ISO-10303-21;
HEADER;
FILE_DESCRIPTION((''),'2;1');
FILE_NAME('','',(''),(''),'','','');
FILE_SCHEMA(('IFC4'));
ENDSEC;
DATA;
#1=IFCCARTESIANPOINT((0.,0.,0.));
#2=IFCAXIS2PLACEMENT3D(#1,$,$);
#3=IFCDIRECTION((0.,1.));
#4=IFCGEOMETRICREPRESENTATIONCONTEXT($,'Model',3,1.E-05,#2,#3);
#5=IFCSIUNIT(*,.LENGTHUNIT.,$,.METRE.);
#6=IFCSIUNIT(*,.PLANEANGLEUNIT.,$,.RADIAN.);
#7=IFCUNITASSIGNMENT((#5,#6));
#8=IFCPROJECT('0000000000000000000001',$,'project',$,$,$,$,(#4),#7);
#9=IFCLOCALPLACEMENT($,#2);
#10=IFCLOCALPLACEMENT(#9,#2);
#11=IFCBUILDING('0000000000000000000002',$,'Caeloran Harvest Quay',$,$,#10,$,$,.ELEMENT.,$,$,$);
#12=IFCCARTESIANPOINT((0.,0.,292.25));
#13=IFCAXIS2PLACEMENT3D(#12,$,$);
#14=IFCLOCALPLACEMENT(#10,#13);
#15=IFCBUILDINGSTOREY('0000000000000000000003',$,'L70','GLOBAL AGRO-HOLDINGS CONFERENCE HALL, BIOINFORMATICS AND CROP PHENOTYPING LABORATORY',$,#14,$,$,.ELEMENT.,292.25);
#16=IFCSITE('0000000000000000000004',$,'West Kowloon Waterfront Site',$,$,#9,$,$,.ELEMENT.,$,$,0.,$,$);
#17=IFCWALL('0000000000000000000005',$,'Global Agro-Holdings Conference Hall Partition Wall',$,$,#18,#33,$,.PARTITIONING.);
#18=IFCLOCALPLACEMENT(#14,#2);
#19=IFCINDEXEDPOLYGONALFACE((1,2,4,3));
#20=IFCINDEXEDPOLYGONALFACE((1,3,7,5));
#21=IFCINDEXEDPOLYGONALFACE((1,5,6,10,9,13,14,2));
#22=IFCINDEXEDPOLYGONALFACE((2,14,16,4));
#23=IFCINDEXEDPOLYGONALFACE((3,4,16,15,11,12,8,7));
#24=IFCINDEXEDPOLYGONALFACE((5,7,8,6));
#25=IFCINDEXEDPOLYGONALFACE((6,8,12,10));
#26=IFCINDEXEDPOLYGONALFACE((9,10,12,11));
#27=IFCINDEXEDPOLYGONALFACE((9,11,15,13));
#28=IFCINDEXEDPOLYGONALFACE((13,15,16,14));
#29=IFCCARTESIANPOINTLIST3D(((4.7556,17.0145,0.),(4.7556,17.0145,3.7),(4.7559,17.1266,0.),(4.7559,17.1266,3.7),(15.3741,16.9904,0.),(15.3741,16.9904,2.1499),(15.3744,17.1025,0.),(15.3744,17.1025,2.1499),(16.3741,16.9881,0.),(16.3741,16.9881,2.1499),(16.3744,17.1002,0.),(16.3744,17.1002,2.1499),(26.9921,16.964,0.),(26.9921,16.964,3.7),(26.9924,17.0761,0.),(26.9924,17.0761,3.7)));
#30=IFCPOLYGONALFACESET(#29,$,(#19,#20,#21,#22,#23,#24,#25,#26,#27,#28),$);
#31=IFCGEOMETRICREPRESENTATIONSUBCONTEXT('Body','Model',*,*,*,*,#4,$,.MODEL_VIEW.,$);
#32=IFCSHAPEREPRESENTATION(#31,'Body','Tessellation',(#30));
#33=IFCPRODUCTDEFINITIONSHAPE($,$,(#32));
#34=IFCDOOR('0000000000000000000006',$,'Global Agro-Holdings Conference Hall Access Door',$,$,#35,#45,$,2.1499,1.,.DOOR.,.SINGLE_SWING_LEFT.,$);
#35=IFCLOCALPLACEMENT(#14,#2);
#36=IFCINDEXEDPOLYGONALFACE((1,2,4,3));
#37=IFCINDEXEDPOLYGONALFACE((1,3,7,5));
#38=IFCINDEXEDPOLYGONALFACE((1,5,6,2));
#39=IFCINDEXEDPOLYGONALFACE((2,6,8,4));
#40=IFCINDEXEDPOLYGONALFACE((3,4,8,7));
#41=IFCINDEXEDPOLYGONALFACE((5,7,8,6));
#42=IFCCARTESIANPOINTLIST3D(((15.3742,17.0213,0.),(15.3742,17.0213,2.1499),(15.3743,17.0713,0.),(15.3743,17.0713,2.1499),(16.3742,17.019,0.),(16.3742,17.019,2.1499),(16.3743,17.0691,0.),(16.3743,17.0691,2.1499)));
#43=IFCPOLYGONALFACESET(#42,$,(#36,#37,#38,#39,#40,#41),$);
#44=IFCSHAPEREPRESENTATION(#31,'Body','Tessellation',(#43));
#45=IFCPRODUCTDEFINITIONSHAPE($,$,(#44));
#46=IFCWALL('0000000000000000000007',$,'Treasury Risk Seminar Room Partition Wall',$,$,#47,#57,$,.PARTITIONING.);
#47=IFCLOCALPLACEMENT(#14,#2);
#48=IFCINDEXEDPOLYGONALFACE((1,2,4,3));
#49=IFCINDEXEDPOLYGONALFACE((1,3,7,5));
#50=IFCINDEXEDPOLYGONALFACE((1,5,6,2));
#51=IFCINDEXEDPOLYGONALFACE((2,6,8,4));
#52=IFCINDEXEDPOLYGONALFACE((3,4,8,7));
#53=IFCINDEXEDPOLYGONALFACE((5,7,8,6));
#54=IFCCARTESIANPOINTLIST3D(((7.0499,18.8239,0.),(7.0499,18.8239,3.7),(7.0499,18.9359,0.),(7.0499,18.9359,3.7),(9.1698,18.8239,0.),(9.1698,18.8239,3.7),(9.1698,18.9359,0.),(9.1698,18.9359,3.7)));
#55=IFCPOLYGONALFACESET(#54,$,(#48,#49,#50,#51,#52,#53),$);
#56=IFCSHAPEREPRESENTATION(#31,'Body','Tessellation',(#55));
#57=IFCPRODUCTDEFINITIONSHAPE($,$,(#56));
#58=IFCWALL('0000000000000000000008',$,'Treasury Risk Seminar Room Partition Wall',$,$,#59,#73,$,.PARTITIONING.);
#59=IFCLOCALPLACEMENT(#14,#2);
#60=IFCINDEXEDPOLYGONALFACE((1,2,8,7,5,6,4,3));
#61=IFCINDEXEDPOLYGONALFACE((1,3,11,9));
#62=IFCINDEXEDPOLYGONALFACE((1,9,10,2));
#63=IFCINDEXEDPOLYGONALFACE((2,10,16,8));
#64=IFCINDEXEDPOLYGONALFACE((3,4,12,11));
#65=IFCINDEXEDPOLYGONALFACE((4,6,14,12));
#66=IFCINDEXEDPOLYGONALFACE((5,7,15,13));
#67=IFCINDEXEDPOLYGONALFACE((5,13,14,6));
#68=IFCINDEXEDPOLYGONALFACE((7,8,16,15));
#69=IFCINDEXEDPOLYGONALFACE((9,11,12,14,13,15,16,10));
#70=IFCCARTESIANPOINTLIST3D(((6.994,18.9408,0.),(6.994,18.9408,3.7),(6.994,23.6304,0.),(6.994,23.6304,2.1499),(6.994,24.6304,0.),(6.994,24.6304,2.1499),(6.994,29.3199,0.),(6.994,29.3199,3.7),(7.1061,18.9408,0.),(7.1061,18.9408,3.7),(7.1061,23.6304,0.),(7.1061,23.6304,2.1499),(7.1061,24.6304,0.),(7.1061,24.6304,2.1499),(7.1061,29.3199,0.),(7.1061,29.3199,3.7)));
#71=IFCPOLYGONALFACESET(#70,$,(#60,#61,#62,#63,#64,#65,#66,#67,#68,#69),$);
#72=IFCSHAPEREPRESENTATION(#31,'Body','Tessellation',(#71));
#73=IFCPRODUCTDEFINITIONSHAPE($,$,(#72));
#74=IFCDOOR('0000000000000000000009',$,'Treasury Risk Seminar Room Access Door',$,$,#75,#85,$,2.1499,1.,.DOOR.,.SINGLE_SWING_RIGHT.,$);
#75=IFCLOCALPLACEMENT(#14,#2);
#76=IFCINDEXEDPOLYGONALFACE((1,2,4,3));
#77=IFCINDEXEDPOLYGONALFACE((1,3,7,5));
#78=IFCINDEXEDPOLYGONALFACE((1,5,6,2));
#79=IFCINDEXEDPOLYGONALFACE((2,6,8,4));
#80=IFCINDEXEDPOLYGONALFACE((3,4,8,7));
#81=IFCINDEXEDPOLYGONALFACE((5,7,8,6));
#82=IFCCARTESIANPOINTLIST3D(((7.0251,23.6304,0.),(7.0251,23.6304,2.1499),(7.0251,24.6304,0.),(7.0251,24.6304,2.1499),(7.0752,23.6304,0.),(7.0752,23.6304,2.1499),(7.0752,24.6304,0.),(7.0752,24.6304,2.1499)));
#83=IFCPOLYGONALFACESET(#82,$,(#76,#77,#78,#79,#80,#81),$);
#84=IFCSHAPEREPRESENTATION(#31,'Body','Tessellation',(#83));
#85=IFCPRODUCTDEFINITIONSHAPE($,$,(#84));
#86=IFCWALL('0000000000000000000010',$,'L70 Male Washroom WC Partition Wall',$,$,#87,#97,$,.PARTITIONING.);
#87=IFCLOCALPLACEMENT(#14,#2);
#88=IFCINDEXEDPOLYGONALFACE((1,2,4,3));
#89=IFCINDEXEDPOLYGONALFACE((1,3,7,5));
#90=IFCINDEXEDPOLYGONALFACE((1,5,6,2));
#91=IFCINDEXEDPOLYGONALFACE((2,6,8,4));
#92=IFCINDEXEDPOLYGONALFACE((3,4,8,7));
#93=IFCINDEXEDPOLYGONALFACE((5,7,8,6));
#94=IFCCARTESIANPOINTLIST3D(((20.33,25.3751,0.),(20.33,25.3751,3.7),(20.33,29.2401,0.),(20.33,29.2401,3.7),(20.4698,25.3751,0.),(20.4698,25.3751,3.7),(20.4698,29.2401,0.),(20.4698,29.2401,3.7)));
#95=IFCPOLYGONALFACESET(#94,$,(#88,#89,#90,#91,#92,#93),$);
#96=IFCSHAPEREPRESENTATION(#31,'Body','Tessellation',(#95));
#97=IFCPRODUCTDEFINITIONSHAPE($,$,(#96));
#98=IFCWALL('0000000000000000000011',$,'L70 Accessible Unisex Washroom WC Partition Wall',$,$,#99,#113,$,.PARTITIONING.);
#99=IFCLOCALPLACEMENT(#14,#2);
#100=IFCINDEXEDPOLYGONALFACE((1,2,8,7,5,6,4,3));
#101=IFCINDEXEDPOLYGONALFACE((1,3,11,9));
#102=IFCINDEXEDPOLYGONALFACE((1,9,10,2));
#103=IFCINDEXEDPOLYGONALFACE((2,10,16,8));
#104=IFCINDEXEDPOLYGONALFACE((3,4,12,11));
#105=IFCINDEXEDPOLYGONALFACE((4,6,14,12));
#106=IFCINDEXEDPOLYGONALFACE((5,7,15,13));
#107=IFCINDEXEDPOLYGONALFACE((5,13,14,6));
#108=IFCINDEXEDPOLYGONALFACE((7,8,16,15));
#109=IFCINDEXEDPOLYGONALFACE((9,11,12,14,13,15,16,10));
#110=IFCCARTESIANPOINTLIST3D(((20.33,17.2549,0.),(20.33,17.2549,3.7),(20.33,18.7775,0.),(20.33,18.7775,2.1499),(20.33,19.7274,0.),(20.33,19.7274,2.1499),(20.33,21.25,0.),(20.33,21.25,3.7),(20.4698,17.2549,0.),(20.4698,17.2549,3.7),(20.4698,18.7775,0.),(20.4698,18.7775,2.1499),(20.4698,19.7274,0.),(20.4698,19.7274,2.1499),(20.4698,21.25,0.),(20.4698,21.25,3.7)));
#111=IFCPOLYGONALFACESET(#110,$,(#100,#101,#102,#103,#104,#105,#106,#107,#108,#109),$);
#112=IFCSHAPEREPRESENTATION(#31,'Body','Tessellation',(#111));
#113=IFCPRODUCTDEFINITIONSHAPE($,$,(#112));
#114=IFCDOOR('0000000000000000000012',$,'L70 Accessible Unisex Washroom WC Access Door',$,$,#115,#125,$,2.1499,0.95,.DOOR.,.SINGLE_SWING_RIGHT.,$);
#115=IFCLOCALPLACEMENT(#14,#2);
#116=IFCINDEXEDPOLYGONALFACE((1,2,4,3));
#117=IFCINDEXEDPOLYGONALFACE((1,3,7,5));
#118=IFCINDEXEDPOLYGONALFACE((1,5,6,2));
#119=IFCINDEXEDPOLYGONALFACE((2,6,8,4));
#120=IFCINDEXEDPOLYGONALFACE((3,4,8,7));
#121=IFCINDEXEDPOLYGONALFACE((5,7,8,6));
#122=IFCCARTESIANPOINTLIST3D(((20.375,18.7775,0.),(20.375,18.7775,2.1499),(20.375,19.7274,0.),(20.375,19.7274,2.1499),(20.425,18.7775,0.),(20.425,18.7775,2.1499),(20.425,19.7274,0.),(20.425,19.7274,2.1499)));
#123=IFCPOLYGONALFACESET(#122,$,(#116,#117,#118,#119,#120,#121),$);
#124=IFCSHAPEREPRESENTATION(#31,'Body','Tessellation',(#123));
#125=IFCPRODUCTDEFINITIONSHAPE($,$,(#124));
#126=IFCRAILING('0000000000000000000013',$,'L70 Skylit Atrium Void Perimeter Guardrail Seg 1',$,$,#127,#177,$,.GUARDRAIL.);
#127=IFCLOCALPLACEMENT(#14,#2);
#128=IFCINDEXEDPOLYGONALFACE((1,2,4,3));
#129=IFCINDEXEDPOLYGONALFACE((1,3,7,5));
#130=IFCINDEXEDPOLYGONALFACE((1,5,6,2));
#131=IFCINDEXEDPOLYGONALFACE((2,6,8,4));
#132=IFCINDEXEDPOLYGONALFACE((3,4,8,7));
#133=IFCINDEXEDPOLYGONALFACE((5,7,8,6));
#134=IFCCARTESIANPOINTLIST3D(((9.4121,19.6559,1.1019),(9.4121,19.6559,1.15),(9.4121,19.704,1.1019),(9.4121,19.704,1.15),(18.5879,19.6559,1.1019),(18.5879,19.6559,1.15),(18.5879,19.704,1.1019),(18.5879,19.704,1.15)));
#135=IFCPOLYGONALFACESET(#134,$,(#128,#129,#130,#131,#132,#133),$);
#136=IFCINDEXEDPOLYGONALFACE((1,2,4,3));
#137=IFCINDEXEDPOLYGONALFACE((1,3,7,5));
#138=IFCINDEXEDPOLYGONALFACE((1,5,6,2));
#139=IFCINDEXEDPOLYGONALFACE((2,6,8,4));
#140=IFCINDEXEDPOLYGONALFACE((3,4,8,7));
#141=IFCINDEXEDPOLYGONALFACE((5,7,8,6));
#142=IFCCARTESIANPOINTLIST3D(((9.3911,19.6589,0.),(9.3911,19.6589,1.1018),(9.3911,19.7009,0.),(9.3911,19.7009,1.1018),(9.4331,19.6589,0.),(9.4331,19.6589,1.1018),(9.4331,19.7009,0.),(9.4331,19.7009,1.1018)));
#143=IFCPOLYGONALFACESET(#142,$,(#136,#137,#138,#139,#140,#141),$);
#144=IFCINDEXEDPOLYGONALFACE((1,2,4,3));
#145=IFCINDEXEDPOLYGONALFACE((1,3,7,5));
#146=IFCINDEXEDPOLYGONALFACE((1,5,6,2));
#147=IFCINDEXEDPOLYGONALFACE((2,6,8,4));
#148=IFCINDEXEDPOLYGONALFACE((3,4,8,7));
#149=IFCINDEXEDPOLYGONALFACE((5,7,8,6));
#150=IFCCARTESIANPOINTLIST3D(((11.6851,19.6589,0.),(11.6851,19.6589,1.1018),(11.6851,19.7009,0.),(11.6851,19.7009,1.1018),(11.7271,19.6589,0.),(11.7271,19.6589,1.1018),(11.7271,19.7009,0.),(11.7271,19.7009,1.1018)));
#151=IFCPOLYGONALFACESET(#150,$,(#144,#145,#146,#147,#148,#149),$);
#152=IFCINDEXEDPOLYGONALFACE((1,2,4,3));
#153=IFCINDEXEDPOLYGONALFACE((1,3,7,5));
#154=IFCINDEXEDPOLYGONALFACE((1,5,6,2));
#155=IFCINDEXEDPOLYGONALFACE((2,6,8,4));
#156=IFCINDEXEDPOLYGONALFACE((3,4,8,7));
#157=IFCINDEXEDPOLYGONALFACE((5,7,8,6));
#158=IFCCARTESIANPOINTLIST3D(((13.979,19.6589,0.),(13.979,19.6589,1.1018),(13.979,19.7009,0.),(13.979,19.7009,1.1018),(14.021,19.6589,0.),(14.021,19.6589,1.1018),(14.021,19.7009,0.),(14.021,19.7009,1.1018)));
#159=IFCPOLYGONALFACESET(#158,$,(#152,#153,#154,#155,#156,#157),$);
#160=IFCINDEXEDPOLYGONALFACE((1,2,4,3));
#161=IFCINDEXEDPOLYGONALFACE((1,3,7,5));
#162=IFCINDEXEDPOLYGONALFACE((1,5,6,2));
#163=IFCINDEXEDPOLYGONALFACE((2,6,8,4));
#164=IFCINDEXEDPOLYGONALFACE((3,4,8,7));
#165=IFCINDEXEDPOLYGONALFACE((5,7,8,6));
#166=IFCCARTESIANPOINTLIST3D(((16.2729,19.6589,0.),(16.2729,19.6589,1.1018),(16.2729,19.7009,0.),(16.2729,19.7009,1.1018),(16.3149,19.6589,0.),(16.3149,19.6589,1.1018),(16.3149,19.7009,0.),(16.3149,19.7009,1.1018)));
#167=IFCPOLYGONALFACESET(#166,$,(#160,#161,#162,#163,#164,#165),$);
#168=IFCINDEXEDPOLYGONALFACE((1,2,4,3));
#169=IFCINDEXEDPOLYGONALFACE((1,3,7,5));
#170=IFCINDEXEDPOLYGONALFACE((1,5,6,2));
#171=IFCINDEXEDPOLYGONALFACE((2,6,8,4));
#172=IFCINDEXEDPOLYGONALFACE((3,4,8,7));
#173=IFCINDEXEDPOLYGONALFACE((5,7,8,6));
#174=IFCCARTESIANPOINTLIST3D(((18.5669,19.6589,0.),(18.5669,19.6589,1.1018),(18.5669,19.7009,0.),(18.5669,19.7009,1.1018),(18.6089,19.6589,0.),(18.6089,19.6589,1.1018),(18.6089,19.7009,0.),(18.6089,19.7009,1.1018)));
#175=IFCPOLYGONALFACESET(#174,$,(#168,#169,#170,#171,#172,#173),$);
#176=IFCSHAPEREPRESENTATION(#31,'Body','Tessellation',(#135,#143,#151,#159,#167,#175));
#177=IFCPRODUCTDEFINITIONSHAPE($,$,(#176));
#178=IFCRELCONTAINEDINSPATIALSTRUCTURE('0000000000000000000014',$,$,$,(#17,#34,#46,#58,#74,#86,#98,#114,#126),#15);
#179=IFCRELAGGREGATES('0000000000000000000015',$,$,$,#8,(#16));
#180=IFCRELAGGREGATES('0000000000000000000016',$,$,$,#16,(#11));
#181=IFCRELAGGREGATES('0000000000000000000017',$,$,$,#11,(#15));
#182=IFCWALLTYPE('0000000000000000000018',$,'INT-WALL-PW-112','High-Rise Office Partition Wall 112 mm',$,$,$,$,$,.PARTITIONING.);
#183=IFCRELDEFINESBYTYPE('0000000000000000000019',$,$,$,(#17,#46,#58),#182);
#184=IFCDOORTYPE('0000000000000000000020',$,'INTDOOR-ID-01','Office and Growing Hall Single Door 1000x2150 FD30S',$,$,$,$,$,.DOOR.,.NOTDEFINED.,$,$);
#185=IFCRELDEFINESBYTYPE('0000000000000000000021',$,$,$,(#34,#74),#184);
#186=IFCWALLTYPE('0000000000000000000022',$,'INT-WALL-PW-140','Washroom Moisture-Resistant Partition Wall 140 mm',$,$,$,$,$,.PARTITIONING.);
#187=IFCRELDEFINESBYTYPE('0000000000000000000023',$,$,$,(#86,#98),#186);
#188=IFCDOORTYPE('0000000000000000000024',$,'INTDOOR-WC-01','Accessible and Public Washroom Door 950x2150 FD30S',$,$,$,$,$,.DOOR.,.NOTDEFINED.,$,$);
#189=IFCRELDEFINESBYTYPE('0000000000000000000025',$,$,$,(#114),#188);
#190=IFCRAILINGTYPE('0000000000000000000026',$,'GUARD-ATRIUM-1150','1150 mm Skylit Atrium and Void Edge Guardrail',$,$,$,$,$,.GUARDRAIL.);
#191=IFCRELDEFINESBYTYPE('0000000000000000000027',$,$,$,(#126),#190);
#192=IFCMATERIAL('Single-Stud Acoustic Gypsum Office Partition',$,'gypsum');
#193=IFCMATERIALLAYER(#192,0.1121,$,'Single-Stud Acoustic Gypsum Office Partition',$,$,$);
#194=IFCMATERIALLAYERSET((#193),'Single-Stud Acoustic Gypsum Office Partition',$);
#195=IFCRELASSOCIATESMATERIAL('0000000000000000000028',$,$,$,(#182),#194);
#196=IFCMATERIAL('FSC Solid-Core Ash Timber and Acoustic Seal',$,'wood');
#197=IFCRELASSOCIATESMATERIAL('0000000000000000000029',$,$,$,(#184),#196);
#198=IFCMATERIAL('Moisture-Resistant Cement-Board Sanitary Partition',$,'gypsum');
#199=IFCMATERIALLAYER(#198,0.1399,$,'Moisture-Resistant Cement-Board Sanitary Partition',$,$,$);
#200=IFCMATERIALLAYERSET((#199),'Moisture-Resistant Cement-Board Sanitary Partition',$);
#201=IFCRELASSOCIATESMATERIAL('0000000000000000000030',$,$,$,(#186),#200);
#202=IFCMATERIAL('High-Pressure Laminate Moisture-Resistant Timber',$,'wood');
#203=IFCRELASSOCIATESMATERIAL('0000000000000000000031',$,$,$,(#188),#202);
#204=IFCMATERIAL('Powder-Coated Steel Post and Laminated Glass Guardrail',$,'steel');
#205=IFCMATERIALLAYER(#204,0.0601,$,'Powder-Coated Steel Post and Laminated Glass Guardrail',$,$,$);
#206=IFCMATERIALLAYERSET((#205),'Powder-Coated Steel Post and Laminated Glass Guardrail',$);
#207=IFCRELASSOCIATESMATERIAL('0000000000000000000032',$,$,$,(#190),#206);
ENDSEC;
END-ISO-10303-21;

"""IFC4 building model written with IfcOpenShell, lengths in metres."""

from ifc_helpers import new_model, si_unit, direction, frame, frame_2d, origin, origin_2d, place, context, subcontext, project, spatial, rectangle, extrude, material, layer, layer_set, type_object, element, fill, save


model = new_model("IFC4")

# Units and contexts
model_context = context("Model", 3, precision=1e-05, world=origin(), true_north=direction((0.0, 1.0)))
body_context = subcontext(model_context, "Body", "Model", "MODEL_VIEW")
ifc_project = project(units=[si_unit("LENGTHUNIT", "METRE"), si_unit("PLANEANGLEUNIT", "RADIAN")], contexts=[model_context])

# Site, building, storey
site_placement = place(None, origin())
site = spatial("IfcSite", under=ifc_project, at=site_placement, Name="West Kowloon Waterfront Site", CompositionType="ELEMENT", RefElevation=0.0)
building_placement = place(site_placement, origin())
building = spatial("IfcBuilding", under=site, at=building_placement, Name="Caeloran Harvest Quay", CompositionType="ELEMENT")
storey_placement = place(building_placement, frame((0.0, 0.0, 292.25)))
storey = spatial("IfcBuildingStorey", under=building, at=storey_placement, Name="L70", Description="GLOBAL AGRO-HOLDINGS CONFERENCE HALL, BIOINFORMATICS AND CROP PHENOTYPING LABORATORY", CompositionType="ELEMENT", Elevation=292.25)

# Wall, opening, door
ifc_material_1 = material(Name="Single-Stud Acoustic Gypsum Office Partition", Category="gypsum")
ifc_layer_1 = layer(ifc_material_1, 0.1121, Name="Single-Stud Acoustic Gypsum Office Partition")
ifc_layer_set_1 = layer_set([ifc_layer_1], Name="Single-Stud Acoustic Gypsum Office Partition")
wall_type_1 = type_object("IfcWallType", Name="INT-WALL-PW-112", Description="High-Rise Office Partition Wall 112 mm", PredefinedType="PARTITIONING", material=ifc_layer_set_1)
wall_1_placement = place(storey_placement, frame((4.7559, 17.0706, 0.0), z_axis=(0.0, 0.0, 1.0), x_axis=(0.999997, -0.002273, 0.0)))
wall_1 = element("IfcWall", 1, at=wall_1_placement, inside=storey, type_object=wall_type_1, Name="Global Agro-Holdings Conference Hall Partition Wall", PredefinedType="PARTITIONING", context=body_context, shape_type="SweptSolid", body=[
    extrude(rectangle(XDim=22.2366, YDim=0.1121, at=frame_2d((11.1182, 0.0))), origin(), (0.0, 0.0, 1.0), 3.7),
])
opening_1_placement = place(wall_1_placement, frame((10.6184, 0.0, 0.0)))
opening_1 = element("IfcOpeningElement", 2, at=opening_1_placement, cuts=wall_1, PredefinedType="OPENING", context=body_context, shape_type="SweptSolid", body=[
    extrude(rectangle(XDim=1.0, YDim=2.1499, at=frame_2d((0.5, 1.075))), frame((0.0, 0.0659, 0.0), z_axis=(0.0, -1.0, 0.0), x_axis=(1.0, 0.0, 0.0)), (0.0, 0.0, 1.0), 0.1321),
])
ifc_material_2 = material(Name="FSC Solid-Core Ash Timber and Acoustic Seal", Category="wood")
door_type_1 = type_object("IfcDoorType", Name="INTDOOR-ID-01", Description="Office and Growing Hall Single Door 1000x2150 FD30S", OperationType="NOTDEFINED", PredefinedType="DOOR", material=ifc_material_2)
door_1_placement = place(opening_1_placement, origin())
door_1 = element("IfcDoor", 3, at=door_1_placement, inside=storey, type_object=door_type_1, Name="Global Agro-Holdings Conference Hall Access Door", OperationType="SINGLE_SWING_LEFT", OverallHeight=2.1499, OverallWidth=1.0, PredefinedType="DOOR", context=body_context, shape_type="SweptSolid", body=[
    extrude(rectangle(XDim=1.0, YDim=2.1499, at=frame_2d((0.5, 1.075))), frame((0.0, 0.0249, 0.0), z_axis=(0.0, -1.0, 0.0), x_axis=(1.0, 0.0, 0.0)), (0.0, 0.0, 1.0), 0.05),
])
fill(opening_1, door_1)

# Wall
wall_2_placement = place(storey_placement, frame((9.1699, 18.8799, 0.0), z_axis=(0.0, 0.0, 1.0), x_axis=(-1.0, 0.0, 0.0)))
element("IfcWall", 4, at=wall_2_placement, inside=storey, type_object=wall_type_1, Name="Treasury Risk Seminar Room Partition Wall", PredefinedType="PARTITIONING", context=body_context, shape_type="SweptSolid", body=[
    extrude(rectangle(XDim=2.1199, YDim=0.1121, at=frame_2d((1.0601, 0.0))), origin(), (0.0, 0.0, 1.0), 3.7),
])

# Wall, opening, door
wall_3_placement = place(storey_placement, frame((7.05, 18.9409, 0.0), z_axis=(0.0, 0.0, 1.0), x_axis=(0.0, 1.0, 0.0)))
wall_3 = element("IfcWall", 5, at=wall_3_placement, inside=storey, type_object=wall_type_1, Name="Treasury Risk Seminar Room Partition Wall", PredefinedType="PARTITIONING", context=body_context, shape_type="SweptSolid", body=[
    extrude(rectangle(XDim=10.3792, YDim=0.1121, at=frame_2d((5.1895, 0.0))), origin(), (0.0, 0.0, 1.0), 3.7),
])
opening_2_placement = place(wall_3_placement, frame((4.6895, 0.0, 0.0)))
opening_2 = element("IfcOpeningElement", 6, at=opening_2_placement, cuts=wall_3, PredefinedType="OPENING", context=body_context, shape_type="SweptSolid", body=[
    extrude(rectangle(XDim=1.0, YDim=2.1499, at=frame_2d((0.5, 1.075))), frame((0.0, 0.0659, 0.0), z_axis=(0.0, -1.0, 0.0), x_axis=(1.0, 0.0, 0.0)), (0.0, 0.0, 1.0), 0.1321),
])
door_2_placement = place(opening_2_placement, origin())
door_2 = element("IfcDoor", 7, at=door_2_placement, inside=storey, type_object=door_type_1, Name="Treasury Risk Seminar Room Access Door", OperationType="SINGLE_SWING_RIGHT", OverallHeight=2.1499, OverallWidth=1.0, PredefinedType="DOOR", context=body_context, shape_type="SweptSolid", body=[
    extrude(rectangle(XDim=1.0, YDim=2.1499, at=frame_2d((0.5, 1.075))), frame((0.0, 0.0249, 0.0), z_axis=(0.0, -1.0, 0.0), x_axis=(1.0, 0.0, 0.0)), (0.0, 0.0, 1.0), 0.05),
])
fill(opening_2, door_2)

# Wall
ifc_material_3 = material(Name="Moisture-Resistant Cement-Board Sanitary Partition", Category="gypsum")
ifc_layer_2 = layer(ifc_material_3, 0.1399, Name="Moisture-Resistant Cement-Board Sanitary Partition")
ifc_layer_set_2 = layer_set([ifc_layer_2], Name="Moisture-Resistant Cement-Board Sanitary Partition")
wall_type_2 = type_object("IfcWallType", Name="INT-WALL-PW-140", Description="Washroom Moisture-Resistant Partition Wall 140 mm", PredefinedType="PARTITIONING", material=ifc_layer_set_2)
wall_4_placement = place(storey_placement, frame((20.3999, 25.375, 0.0), z_axis=(0.0, 0.0, 1.0), x_axis=(0.0, 1.0, 0.0)))
element("IfcWall", 8, at=wall_4_placement, inside=storey, type_object=wall_type_2, Name="L70 Male Washroom WC Partition Wall", PredefinedType="PARTITIONING", context=body_context, shape_type="SweptSolid", body=[
    extrude(rectangle(XDim=3.865, YDim=0.1399, at=frame_2d((1.9326, 0.0))), origin(), (0.0, 0.0, 1.0), 3.7),
])

# Wall, opening, door
ifc_material_4 = material(Name="High-Pressure Laminate Moisture-Resistant Timber", Category="wood")
door_type_2 = type_object("IfcDoorType", Name="INTDOOR-WC-01", Description="Accessible and Public Washroom Door 950x2150 FD30S", OperationType="NOTDEFINED", PredefinedType="DOOR", material=ifc_material_4)
wall_5_placement = place(storey_placement, frame((20.3999, 17.2549, 0.0), z_axis=(0.0, 0.0, 1.0), x_axis=(0.0, 1.0, 0.0)))
wall_5 = element("IfcWall", 9, at=wall_5_placement, inside=storey, type_object=wall_type_2, Name="L70 Accessible Unisex Washroom WC Partition Wall", PredefinedType="PARTITIONING", context=body_context, shape_type="SweptSolid", body=[
    extrude(rectangle(XDim=3.9951, YDim=0.1399, at=frame_2d((1.9976, 0.0))), origin(), (0.0, 0.0, 1.0), 3.7),
])
opening_3_placement = place(wall_5_placement, frame((1.5225, 0.0, 0.0)))
opening_3 = element("IfcOpeningElement", 10, at=opening_3_placement, cuts=wall_5, PredefinedType="OPENING", context=body_context, shape_type="SweptSolid", body=[
    extrude(rectangle(XDim=0.95, YDim=2.1499, at=frame_2d((0.4751, 1.075))), frame((0.0, 0.0801, 0.0), z_axis=(0.0, -1.0, 0.0), x_axis=(1.0, 0.0, 0.0)), (0.0, 0.0, 1.0), 0.1599),
])
door_3_placement = place(opening_3_placement, origin())
door_3 = element("IfcDoor", 11, at=door_3_placement, inside=storey, type_object=door_type_2, Name="L70 Accessible Unisex Washroom WC Access Door", OperationType="SINGLE_SWING_RIGHT", OverallHeight=2.1499, OverallWidth=0.95, PredefinedType="DOOR", context=body_context, shape_type="SweptSolid", body=[
    extrude(rectangle(XDim=0.95, YDim=2.1499, at=frame_2d((0.4751, 1.075))), frame((0.0, 0.0249, 0.0), z_axis=(0.0, -1.0, 0.0), x_axis=(1.0, 0.0, 0.0)), (0.0, 0.0, 1.0), 0.05),
])
fill(opening_3, door_3)

# Railing
ifc_material_5 = material(Name="Powder-Coated Steel Post and Laminated Glass Guardrail", Category="steel")
ifc_layer_3 = layer(ifc_material_5, 0.0601, Name="Powder-Coated Steel Post and Laminated Glass Guardrail")
ifc_layer_set_3 = layer_set([ifc_layer_3], Name="Powder-Coated Steel Post and Laminated Glass Guardrail")
railing_type = type_object("IfcRailingType", Name="GUARD-ATRIUM-1150", Description="1150 mm Skylit Atrium and Void Edge Guardrail", PredefinedType="GUARDRAIL", material=ifc_layer_set_3)
railing_1_placement = place(storey_placement, frame((9.4121, 19.6799, 0.0)))
element("IfcRailing", 12, at=railing_1_placement, inside=storey, type_object=railing_type, Name="L70 Skylit Atrium Void Perimeter Guardrail Seg 1", PredefinedType="GUARDRAIL", context=body_context, shape_type="SweptSolid", body=[
    extrude(rectangle(XDim=0.0481, YDim=0.0481, at=origin_2d()), frame((0.0, 0.0, 1.126), z_axis=(1.0, 0.0, 0.0), x_axis=(0.0, 1.0, 0.0)), (0.0, 0.0, 1.0), 9.1758),
    extrude(rectangle(XDim=0.042, YDim=0.042, at=origin_2d()), origin(), (0.0, 0.0, 1.0), 1.1018),
    extrude(rectangle(XDim=0.042, YDim=0.042, at=origin_2d()), frame((2.2939, 0.0, 0.0)), (0.0, 0.0, 1.0), 1.1018),
    extrude(rectangle(XDim=0.042, YDim=0.042, at=origin_2d()), frame((4.5879, 0.0, 0.0)), (0.0, 0.0, 1.0), 1.1018),
    extrude(rectangle(XDim=0.042, YDim=0.042, at=origin_2d()), frame((6.8818, 0.0, 0.0)), (0.0, 0.0, 1.0), 1.1018),
    extrude(rectangle(XDim=0.042, YDim=0.042, at=origin_2d()), frame((9.1758, 0.0, 0.0)), (0.0, 0.0, 1.0), 1.1018),
])

save(model, "model.ifc")
